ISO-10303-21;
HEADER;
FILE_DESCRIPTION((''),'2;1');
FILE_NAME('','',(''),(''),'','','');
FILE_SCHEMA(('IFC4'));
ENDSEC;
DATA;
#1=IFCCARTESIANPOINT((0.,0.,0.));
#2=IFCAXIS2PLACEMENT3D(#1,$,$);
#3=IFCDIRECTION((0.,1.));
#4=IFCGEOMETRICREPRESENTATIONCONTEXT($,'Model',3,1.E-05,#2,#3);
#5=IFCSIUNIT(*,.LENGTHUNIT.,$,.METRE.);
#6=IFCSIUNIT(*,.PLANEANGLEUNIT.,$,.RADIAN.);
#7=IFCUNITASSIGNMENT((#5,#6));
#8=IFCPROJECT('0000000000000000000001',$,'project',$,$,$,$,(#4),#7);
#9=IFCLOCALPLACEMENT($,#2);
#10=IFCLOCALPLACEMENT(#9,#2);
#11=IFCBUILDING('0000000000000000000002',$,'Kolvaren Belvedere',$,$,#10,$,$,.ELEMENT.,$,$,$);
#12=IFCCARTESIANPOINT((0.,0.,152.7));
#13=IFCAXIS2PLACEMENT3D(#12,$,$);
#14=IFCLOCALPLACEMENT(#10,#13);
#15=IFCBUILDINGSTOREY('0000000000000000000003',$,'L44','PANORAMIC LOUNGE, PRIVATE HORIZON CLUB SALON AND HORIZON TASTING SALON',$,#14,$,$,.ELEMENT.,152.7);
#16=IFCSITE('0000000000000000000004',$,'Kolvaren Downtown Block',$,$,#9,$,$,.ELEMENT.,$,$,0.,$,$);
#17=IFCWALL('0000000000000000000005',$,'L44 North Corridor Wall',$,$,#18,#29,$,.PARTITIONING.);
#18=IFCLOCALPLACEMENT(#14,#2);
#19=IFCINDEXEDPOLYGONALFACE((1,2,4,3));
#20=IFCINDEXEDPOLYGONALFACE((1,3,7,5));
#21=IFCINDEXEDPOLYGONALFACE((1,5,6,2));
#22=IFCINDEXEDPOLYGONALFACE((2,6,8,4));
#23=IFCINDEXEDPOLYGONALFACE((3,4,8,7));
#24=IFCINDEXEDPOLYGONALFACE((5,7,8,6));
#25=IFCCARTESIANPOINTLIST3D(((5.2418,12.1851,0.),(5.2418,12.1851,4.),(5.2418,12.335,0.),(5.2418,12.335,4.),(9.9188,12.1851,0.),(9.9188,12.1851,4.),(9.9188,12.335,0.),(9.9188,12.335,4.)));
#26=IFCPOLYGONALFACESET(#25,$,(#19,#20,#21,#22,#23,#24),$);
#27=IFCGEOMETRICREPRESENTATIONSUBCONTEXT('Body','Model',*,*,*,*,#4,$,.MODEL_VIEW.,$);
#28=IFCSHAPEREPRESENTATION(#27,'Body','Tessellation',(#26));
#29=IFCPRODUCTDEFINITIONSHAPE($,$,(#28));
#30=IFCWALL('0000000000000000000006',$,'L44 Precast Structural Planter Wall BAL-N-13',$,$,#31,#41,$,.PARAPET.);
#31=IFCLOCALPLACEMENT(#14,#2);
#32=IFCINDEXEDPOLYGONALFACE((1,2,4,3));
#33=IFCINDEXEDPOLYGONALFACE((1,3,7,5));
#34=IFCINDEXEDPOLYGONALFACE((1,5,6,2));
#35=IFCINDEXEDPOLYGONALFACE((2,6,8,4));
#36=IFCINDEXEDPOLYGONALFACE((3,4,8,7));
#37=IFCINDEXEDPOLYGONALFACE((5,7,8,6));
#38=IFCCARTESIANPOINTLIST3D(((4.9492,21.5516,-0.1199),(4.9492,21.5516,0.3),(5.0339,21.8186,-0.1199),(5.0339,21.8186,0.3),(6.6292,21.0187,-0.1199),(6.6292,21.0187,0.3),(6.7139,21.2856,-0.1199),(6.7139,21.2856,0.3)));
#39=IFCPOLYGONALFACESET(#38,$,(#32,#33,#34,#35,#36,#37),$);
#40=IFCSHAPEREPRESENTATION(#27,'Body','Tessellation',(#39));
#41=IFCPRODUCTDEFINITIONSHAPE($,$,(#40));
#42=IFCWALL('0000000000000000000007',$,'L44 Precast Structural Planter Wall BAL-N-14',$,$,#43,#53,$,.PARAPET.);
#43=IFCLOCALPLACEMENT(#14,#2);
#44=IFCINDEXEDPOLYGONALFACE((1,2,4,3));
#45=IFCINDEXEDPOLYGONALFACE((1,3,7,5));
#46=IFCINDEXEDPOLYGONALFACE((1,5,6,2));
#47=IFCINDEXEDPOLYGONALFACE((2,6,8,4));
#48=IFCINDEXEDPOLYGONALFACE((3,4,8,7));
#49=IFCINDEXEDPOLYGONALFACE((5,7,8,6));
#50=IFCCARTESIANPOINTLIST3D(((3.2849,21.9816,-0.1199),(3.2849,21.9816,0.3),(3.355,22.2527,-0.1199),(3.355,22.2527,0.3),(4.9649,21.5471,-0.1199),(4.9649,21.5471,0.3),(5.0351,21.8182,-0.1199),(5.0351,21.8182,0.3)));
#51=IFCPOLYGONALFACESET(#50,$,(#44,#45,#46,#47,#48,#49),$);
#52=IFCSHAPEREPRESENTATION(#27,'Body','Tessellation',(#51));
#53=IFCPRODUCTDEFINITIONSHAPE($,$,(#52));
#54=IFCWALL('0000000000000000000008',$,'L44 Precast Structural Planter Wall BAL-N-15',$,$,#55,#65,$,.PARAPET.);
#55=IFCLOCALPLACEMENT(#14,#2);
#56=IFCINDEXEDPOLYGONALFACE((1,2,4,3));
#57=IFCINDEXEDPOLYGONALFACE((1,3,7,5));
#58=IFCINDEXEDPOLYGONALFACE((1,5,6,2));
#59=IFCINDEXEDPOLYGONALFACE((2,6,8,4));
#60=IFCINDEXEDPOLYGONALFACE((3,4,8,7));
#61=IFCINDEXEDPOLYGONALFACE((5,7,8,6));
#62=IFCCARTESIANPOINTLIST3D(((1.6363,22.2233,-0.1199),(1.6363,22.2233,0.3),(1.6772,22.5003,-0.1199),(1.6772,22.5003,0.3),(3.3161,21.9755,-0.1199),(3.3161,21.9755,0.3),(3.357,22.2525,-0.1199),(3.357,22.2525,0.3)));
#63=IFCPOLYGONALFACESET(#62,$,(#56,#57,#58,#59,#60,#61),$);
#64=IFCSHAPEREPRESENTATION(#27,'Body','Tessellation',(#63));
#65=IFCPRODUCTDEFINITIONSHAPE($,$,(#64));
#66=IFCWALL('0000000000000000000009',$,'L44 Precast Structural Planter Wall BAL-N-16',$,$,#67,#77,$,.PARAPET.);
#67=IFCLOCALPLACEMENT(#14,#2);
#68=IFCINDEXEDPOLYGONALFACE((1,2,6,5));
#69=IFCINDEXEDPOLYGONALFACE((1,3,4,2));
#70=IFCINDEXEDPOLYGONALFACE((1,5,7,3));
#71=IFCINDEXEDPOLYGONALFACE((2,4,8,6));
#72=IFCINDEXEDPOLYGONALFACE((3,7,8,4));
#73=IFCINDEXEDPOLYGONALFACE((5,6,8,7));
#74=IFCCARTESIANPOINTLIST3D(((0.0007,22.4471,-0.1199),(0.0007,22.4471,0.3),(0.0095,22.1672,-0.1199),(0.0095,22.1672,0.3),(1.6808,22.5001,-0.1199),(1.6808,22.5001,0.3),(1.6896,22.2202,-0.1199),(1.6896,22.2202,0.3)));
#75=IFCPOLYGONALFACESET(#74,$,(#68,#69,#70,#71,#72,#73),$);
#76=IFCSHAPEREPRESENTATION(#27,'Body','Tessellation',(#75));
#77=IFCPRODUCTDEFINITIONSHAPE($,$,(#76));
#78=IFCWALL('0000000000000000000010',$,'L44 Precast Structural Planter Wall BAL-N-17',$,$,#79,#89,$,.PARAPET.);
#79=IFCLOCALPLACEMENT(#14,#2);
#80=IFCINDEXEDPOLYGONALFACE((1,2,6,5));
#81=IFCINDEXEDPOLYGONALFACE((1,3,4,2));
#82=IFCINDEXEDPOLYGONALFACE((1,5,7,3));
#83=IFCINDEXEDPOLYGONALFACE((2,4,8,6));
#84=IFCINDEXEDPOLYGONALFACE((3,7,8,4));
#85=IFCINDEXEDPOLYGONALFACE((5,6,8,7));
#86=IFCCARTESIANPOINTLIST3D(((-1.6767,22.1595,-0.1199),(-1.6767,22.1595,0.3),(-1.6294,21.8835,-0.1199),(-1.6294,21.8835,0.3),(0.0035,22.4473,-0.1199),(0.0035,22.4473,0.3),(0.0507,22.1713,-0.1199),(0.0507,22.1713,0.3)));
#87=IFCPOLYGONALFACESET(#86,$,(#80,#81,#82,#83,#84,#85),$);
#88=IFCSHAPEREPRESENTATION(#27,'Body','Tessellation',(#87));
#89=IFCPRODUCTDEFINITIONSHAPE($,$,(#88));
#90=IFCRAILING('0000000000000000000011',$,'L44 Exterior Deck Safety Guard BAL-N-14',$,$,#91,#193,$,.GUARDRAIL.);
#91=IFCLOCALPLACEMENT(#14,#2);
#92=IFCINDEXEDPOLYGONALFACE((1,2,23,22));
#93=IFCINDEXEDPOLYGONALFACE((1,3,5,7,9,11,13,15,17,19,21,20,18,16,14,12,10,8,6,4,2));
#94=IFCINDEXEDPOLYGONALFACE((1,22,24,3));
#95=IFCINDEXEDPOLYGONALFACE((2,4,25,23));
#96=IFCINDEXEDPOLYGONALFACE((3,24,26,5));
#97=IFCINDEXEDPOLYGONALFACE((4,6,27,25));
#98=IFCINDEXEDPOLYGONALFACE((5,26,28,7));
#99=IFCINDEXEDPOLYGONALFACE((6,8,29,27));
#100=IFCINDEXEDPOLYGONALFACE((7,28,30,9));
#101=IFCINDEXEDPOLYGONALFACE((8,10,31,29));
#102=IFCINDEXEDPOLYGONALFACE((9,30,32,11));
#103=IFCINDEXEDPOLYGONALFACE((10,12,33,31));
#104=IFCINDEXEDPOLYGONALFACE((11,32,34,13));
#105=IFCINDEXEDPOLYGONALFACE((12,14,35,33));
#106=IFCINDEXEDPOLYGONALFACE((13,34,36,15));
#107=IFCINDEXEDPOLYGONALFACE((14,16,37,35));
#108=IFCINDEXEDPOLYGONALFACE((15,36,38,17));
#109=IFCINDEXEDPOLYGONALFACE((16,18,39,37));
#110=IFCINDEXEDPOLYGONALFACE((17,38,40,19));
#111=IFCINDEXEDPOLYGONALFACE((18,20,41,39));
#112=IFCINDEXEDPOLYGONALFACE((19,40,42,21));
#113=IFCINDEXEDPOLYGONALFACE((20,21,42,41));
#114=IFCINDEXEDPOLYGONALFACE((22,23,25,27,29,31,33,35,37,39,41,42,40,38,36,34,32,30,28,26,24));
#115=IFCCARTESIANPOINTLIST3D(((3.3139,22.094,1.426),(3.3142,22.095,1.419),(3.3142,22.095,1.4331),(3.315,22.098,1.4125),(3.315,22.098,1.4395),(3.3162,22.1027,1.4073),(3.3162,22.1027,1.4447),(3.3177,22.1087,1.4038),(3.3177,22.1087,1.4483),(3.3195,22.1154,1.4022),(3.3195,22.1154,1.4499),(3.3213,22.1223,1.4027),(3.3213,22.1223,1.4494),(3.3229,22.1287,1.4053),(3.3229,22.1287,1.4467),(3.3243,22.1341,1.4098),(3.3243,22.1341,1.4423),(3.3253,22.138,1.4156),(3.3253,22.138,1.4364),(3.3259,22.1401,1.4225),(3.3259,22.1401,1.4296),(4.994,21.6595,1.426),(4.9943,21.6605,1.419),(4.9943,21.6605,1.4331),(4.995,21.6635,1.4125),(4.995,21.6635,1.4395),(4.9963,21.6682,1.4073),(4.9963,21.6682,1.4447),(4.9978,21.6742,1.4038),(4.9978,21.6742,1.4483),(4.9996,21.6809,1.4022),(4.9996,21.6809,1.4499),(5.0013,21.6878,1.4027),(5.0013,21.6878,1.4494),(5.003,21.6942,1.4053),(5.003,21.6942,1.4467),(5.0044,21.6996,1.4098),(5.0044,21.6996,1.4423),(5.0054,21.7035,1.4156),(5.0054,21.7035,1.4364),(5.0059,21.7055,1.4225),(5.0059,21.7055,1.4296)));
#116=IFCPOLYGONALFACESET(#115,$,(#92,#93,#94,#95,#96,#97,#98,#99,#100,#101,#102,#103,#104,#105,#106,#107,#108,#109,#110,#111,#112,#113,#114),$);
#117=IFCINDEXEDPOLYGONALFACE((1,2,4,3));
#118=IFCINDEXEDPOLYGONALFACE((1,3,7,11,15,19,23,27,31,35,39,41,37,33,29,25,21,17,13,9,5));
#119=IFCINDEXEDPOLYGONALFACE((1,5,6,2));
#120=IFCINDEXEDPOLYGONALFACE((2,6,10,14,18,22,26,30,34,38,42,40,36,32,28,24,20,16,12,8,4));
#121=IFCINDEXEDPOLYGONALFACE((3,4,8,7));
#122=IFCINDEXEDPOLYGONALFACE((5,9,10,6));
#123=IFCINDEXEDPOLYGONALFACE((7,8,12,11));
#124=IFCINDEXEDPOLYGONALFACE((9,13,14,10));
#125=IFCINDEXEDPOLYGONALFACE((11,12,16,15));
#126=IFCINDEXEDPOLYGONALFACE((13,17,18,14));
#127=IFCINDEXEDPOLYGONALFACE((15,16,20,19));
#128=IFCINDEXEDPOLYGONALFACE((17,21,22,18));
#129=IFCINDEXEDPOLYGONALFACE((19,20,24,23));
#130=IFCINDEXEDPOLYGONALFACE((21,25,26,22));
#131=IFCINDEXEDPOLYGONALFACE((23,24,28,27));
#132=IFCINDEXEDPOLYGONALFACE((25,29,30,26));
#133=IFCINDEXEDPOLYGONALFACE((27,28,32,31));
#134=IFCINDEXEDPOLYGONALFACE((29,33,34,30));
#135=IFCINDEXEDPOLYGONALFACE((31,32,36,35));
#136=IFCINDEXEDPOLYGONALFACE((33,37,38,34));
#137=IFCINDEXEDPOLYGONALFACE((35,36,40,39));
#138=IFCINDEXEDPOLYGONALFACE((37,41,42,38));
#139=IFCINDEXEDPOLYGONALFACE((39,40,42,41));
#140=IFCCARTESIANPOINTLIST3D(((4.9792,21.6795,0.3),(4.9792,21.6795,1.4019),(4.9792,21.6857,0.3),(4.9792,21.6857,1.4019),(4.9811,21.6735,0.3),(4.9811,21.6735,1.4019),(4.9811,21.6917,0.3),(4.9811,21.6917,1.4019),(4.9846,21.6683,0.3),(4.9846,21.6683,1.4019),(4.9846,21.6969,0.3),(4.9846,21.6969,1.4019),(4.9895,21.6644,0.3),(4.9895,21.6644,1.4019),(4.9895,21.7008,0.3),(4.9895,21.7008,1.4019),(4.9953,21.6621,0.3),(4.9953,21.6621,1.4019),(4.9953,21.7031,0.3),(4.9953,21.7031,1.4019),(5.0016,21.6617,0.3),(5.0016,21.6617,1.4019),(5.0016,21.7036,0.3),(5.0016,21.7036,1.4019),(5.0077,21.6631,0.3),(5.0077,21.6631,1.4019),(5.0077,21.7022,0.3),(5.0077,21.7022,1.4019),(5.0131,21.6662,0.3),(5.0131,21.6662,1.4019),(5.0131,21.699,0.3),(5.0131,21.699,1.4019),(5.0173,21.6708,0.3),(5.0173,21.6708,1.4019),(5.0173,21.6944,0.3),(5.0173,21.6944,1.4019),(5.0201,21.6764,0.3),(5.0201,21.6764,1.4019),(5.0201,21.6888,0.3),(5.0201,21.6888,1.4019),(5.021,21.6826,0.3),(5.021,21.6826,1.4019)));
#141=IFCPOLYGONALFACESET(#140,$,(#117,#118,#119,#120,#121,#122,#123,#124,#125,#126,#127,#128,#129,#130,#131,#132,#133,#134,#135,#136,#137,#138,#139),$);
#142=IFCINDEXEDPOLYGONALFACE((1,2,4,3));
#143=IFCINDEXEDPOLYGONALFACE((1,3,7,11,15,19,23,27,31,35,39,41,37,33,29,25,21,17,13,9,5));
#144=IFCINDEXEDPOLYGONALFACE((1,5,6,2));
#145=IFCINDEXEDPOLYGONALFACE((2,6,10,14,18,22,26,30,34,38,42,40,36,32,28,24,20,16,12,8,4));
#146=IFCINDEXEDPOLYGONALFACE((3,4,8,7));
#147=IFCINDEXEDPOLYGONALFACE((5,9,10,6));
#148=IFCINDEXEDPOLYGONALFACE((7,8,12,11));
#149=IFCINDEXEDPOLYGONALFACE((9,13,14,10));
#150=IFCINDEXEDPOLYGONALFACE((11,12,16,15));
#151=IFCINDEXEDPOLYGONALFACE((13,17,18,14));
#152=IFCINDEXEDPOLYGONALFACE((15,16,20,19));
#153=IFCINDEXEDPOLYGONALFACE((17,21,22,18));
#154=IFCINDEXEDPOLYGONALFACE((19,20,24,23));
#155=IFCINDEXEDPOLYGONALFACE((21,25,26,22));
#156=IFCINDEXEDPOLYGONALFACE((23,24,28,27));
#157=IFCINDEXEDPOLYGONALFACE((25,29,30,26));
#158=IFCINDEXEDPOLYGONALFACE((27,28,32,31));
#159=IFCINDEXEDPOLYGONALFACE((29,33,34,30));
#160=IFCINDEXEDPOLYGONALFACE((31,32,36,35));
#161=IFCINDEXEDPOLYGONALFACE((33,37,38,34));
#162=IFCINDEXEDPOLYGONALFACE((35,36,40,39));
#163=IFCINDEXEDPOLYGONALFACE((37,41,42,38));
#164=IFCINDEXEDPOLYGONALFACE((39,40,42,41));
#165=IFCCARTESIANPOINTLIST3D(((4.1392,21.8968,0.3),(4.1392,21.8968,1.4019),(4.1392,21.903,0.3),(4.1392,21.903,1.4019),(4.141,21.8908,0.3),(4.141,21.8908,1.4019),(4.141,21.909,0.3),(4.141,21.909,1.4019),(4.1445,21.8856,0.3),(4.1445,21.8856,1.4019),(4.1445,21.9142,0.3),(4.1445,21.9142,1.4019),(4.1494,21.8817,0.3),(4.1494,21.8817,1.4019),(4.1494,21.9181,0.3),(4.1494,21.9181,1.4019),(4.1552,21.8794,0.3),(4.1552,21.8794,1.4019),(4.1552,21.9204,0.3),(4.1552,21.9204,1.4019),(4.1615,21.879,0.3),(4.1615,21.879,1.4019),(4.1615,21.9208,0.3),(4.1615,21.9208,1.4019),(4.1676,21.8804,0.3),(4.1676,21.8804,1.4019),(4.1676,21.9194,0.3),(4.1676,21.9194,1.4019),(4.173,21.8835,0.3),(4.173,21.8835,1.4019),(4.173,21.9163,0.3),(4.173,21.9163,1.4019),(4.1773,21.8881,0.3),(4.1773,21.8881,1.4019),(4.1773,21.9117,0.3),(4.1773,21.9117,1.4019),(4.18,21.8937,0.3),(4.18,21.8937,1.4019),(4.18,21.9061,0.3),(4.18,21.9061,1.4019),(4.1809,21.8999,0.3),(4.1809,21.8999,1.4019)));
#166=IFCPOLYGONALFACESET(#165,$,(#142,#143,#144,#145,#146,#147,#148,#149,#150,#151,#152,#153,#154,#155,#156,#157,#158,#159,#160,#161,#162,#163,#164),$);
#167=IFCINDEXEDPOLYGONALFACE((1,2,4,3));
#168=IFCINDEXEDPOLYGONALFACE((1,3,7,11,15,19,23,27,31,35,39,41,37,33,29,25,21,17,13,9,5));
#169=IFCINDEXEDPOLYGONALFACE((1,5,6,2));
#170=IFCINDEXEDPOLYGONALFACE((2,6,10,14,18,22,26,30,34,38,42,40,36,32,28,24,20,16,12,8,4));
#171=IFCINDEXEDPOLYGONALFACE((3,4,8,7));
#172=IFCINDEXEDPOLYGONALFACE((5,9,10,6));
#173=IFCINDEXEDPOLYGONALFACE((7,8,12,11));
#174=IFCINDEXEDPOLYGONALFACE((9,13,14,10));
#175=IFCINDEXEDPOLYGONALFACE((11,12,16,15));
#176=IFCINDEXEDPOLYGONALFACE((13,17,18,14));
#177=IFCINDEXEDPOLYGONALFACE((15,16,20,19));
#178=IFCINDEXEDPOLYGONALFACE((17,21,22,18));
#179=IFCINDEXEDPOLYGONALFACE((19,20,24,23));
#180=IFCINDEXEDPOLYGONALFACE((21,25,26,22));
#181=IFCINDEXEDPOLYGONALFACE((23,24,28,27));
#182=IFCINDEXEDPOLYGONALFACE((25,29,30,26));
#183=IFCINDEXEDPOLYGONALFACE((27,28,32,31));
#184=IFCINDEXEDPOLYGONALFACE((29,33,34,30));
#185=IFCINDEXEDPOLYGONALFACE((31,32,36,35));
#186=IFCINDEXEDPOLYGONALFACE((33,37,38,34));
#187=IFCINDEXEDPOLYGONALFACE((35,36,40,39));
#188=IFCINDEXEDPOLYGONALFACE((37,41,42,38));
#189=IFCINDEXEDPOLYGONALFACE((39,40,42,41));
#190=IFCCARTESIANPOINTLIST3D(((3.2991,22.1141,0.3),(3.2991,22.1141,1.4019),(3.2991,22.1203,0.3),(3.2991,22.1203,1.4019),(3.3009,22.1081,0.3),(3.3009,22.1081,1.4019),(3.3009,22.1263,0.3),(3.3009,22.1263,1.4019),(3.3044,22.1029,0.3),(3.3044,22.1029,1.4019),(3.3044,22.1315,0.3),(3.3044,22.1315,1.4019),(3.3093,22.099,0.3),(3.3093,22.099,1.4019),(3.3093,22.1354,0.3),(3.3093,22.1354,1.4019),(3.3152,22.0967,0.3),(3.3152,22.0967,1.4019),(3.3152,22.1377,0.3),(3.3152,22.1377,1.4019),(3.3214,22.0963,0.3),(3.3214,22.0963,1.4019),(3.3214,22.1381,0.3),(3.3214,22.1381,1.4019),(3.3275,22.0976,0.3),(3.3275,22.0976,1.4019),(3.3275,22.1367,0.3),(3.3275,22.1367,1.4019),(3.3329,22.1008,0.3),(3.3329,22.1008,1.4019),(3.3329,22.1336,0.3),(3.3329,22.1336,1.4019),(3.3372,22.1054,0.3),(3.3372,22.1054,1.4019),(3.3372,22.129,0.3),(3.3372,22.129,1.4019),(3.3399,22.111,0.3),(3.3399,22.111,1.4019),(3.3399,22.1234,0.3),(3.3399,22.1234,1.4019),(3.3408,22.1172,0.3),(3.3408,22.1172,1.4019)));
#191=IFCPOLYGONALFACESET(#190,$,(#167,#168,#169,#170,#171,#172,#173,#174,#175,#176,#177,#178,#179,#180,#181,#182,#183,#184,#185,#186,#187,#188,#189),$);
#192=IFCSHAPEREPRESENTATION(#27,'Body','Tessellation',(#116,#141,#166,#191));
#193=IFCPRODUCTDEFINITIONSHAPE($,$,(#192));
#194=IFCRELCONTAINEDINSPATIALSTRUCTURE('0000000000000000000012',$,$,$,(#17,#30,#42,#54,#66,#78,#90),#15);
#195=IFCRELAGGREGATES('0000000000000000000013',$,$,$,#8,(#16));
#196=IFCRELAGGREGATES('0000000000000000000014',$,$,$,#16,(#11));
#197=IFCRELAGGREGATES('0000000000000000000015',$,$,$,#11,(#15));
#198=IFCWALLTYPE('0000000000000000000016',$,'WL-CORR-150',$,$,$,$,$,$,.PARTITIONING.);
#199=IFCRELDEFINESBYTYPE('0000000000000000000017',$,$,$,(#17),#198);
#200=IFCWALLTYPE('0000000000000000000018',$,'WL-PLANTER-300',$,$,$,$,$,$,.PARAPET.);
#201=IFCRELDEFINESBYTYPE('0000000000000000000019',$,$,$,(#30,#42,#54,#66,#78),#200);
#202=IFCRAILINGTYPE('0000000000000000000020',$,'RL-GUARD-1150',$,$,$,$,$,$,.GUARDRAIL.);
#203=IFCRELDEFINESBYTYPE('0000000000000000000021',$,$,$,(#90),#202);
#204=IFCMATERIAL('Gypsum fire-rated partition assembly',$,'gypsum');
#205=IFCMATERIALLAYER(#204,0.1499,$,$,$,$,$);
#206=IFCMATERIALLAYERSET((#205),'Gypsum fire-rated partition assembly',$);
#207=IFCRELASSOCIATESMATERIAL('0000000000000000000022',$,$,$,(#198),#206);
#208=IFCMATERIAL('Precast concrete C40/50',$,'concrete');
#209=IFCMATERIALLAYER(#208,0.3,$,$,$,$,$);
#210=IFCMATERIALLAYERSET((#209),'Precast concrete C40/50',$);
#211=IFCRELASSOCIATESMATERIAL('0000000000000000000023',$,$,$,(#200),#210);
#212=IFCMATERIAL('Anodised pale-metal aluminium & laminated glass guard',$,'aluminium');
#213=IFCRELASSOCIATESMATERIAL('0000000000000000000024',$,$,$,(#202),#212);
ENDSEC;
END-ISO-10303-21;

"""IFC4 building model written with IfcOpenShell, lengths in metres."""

from ifc_helpers import new_model, si_unit, direction, frame, frame_2d, origin, origin_2d, place, context, subcontext, project, spatial, rectangle, circle, extrude, material, layer, layer_set, type_object, element, save


model = new_model("IFC4")

# Units and contexts
model_context = context("Model", 3, precision=1e-05, world=origin(), true_north=direction((0.0, 1.0)))
body_context = subcontext(model_context, "Body", "Model", "MODEL_VIEW")
ifc_project = project(units=[si_unit("LENGTHUNIT", "METRE"), si_unit("PLANEANGLEUNIT", "RADIAN")], contexts=[model_context])

# Site, building, storey
site_placement = place(None, origin())
site = spatial("IfcSite", under=ifc_project, at=site_placement, Name="Kolvaren Downtown Block", CompositionType="ELEMENT", RefElevation=0.0)
building_placement = place(site_placement, origin())
building = spatial("IfcBuilding", under=site, at=building_placement, Name="Kolvaren Belvedere", CompositionType="ELEMENT")
storey_placement = place(building_placement, frame((0.0, 0.0, 152.7)))
storey = spatial("IfcBuildingStorey", under=building, at=storey_placement, Name="L44", Description="PANORAMIC LOUNGE, PRIVATE HORIZON CLUB SALON AND HORIZON TASTING SALON", CompositionType="ELEMENT", Elevation=152.7)

# Walls
ifc_material_1 = material(Name="Gypsum fire-rated partition assembly", Category="gypsum")
ifc_layer_1 = layer(ifc_material_1, 0.1499)
ifc_layer_set_1 = layer_set([ifc_layer_1], Name="Gypsum fire-rated partition assembly")
wall_type_1 = type_object("IfcWallType", Name="WL-CORR-150", PredefinedType="PARTITIONING", material=ifc_layer_set_1)
wall_1_placement = place(storey_placement, frame((5.2419, 12.26, 0.0), z_axis=(0.0, 0.0, 1.0), x_axis=(1.0, 0.0, 0.0)))
element("IfcWall", 1, at=wall_1_placement, inside=storey, type_object=wall_type_1, Name="L44 North Corridor Wall", PredefinedType="PARTITIONING", context=body_context, shape_type="SweptSolid", body=[
    extrude(rectangle(XDim=4.677, YDim=0.1499, at=frame_2d((2.3384, 0.0))), origin(), (0.0, 0.0, 1.0), 4.0),
])
ifc_material_2 = material(Name="Precast concrete C40/50", Category="concrete")
ifc_layer_2 = layer(ifc_material_2, 0.3)
ifc_layer_set_2 = layer_set([ifc_layer_2], Name="Precast concrete C40/50")
wall_type_2 = type_object("IfcWallType", Name="WL-PLANTER-300", PredefinedType="PARAPET", material=ifc_layer_set_2)
wall_2_placement = place(storey_placement, frame((6.6716, 21.1521, -0.1199), z_axis=(0.0, 0.0, 1.0), x_axis=(-0.953182, 0.302397, 0.0)))
element("IfcWall", 2, at=wall_2_placement, inside=storey, type_object=wall_type_2, Name="L44 Precast Structural Planter Wall BAL-N-13", PredefinedType="PARAPET", context=body_context, shape_type="SweptSolid", body=[
    extrude(rectangle(XDim=1.7625, YDim=0.28, at=frame_2d((0.8813, 0.0))), origin(), (0.0, 0.0, 1.0), 0.4199),
])
wall_3_placement = place(storey_placement, frame((5.0, 21.6826, -0.1199), z_axis=(0.0, 0.0, 1.0), x_axis=(-0.968141, 0.250406, 0.0)))
element("IfcWall", 3, at=wall_3_placement, inside=storey, type_object=wall_type_2, Name="L44 Precast Structural Planter Wall BAL-N-14", PredefinedType="PARAPET", context=body_context, shape_type="SweptSolid", body=[
    extrude(rectangle(XDim=1.7354, YDim=0.28, at=frame_2d((0.8677, 0.0))), origin(), (0.0, 0.0, 1.0), 0.4199),
])
wall_4_placement = place(storey_placement, frame((3.3367, 22.114, -0.1199), z_axis=(0.0, 0.0, 1.0), x_axis=(-0.989295, 0.145929, 0.0)))
element("IfcWall", 4, at=wall_4_placement, inside=storey, type_object=wall_type_2, Name="L44 Precast Structural Planter Wall BAL-N-15", PredefinedType="PARAPET", context=body_context, shape_type="SweptSolid", body=[
    extrude(rectangle(XDim=1.698, YDim=0.28, at=frame_2d((0.8491, 0.0))), origin(), (0.0, 0.0, 1.0), 0.4199),
])
wall_5_placement = place(storey_placement, frame((1.6851, 22.3601, -0.1199), z_axis=(0.0, 0.0, 1.0), x_axis=(-0.999503, -0.031516, 0.0)))
element("IfcWall", 5, at=wall_5_placement, inside=storey, type_object=wall_type_2, Name="L44 Precast Structural Planter Wall BAL-N-16", PredefinedType="PARAPET", context=body_context, shape_type="SweptSolid", body=[
    extrude(rectangle(XDim=1.6809, YDim=0.28, at=frame_2d((0.8403, 0.0))), origin(), (0.0, 0.0, 1.0), 0.4199),
])
wall_6_placement = place(storey_placement, frame((0.0271, 22.3093, -0.1199), z_axis=(0.0, 0.0, 1.0), x_axis=(-0.985641, -0.168856, 0.0)))
element("IfcWall", 6, at=wall_6_placement, inside=storey, type_object=wall_type_2, Name="L44 Precast Structural Planter Wall BAL-N-17", PredefinedType="PARAPET", context=body_context, shape_type="SweptSolid", body=[
    extrude(rectangle(XDim=1.7046, YDim=0.28, at=frame_2d((0.8523, 0.0))), origin(), (0.0, 0.0, 1.0), 0.4199),
])

# Railing
ifc_material_3 = material(Name="Anodised pale-metal aluminium & laminated glass guard", Category="aluminium")
railing_type = type_object("IfcRailingType", Name="RL-GUARD-1150", PredefinedType="GUARDRAIL", material=ifc_material_3)
railing_1_placement = place(storey_placement, frame((5.0, 21.6826, 0.3)))
element("IfcRailing", 7, at=railing_1_placement, inside=storey, type_object=railing_type, Name="L44 Exterior Deck Safety Guard BAL-N-14", PredefinedType="GUARDRAIL", context=body_context, shape_type="SweptSolid", body=[
    extrude(circle(Radius=0.0239, at=origin_2d()), frame((0.0, 0.0, 1.126), z_axis=(-0.968141, 0.250406, 0.0), x_axis=(-0.250406, -0.968141, 0.0)), (0.0, 0.0, 1.0), 1.7354),
    extrude(circle(Radius=0.021, at=origin_2d()), origin(), (0.0, 0.0, 1.0), 1.1018),
    extrude(circle(Radius=0.021, at=origin_2d()), frame((-0.8401, 0.2173, 0.0)), (0.0, 0.0, 1.0), 1.1018),
    extrude(circle(Radius=0.021, at=origin_2d()), frame((-1.6802, 0.4346, 0.0)), (0.0, 0.0, 1.0), 1.1018),
])

save(model, "model.ifc")
